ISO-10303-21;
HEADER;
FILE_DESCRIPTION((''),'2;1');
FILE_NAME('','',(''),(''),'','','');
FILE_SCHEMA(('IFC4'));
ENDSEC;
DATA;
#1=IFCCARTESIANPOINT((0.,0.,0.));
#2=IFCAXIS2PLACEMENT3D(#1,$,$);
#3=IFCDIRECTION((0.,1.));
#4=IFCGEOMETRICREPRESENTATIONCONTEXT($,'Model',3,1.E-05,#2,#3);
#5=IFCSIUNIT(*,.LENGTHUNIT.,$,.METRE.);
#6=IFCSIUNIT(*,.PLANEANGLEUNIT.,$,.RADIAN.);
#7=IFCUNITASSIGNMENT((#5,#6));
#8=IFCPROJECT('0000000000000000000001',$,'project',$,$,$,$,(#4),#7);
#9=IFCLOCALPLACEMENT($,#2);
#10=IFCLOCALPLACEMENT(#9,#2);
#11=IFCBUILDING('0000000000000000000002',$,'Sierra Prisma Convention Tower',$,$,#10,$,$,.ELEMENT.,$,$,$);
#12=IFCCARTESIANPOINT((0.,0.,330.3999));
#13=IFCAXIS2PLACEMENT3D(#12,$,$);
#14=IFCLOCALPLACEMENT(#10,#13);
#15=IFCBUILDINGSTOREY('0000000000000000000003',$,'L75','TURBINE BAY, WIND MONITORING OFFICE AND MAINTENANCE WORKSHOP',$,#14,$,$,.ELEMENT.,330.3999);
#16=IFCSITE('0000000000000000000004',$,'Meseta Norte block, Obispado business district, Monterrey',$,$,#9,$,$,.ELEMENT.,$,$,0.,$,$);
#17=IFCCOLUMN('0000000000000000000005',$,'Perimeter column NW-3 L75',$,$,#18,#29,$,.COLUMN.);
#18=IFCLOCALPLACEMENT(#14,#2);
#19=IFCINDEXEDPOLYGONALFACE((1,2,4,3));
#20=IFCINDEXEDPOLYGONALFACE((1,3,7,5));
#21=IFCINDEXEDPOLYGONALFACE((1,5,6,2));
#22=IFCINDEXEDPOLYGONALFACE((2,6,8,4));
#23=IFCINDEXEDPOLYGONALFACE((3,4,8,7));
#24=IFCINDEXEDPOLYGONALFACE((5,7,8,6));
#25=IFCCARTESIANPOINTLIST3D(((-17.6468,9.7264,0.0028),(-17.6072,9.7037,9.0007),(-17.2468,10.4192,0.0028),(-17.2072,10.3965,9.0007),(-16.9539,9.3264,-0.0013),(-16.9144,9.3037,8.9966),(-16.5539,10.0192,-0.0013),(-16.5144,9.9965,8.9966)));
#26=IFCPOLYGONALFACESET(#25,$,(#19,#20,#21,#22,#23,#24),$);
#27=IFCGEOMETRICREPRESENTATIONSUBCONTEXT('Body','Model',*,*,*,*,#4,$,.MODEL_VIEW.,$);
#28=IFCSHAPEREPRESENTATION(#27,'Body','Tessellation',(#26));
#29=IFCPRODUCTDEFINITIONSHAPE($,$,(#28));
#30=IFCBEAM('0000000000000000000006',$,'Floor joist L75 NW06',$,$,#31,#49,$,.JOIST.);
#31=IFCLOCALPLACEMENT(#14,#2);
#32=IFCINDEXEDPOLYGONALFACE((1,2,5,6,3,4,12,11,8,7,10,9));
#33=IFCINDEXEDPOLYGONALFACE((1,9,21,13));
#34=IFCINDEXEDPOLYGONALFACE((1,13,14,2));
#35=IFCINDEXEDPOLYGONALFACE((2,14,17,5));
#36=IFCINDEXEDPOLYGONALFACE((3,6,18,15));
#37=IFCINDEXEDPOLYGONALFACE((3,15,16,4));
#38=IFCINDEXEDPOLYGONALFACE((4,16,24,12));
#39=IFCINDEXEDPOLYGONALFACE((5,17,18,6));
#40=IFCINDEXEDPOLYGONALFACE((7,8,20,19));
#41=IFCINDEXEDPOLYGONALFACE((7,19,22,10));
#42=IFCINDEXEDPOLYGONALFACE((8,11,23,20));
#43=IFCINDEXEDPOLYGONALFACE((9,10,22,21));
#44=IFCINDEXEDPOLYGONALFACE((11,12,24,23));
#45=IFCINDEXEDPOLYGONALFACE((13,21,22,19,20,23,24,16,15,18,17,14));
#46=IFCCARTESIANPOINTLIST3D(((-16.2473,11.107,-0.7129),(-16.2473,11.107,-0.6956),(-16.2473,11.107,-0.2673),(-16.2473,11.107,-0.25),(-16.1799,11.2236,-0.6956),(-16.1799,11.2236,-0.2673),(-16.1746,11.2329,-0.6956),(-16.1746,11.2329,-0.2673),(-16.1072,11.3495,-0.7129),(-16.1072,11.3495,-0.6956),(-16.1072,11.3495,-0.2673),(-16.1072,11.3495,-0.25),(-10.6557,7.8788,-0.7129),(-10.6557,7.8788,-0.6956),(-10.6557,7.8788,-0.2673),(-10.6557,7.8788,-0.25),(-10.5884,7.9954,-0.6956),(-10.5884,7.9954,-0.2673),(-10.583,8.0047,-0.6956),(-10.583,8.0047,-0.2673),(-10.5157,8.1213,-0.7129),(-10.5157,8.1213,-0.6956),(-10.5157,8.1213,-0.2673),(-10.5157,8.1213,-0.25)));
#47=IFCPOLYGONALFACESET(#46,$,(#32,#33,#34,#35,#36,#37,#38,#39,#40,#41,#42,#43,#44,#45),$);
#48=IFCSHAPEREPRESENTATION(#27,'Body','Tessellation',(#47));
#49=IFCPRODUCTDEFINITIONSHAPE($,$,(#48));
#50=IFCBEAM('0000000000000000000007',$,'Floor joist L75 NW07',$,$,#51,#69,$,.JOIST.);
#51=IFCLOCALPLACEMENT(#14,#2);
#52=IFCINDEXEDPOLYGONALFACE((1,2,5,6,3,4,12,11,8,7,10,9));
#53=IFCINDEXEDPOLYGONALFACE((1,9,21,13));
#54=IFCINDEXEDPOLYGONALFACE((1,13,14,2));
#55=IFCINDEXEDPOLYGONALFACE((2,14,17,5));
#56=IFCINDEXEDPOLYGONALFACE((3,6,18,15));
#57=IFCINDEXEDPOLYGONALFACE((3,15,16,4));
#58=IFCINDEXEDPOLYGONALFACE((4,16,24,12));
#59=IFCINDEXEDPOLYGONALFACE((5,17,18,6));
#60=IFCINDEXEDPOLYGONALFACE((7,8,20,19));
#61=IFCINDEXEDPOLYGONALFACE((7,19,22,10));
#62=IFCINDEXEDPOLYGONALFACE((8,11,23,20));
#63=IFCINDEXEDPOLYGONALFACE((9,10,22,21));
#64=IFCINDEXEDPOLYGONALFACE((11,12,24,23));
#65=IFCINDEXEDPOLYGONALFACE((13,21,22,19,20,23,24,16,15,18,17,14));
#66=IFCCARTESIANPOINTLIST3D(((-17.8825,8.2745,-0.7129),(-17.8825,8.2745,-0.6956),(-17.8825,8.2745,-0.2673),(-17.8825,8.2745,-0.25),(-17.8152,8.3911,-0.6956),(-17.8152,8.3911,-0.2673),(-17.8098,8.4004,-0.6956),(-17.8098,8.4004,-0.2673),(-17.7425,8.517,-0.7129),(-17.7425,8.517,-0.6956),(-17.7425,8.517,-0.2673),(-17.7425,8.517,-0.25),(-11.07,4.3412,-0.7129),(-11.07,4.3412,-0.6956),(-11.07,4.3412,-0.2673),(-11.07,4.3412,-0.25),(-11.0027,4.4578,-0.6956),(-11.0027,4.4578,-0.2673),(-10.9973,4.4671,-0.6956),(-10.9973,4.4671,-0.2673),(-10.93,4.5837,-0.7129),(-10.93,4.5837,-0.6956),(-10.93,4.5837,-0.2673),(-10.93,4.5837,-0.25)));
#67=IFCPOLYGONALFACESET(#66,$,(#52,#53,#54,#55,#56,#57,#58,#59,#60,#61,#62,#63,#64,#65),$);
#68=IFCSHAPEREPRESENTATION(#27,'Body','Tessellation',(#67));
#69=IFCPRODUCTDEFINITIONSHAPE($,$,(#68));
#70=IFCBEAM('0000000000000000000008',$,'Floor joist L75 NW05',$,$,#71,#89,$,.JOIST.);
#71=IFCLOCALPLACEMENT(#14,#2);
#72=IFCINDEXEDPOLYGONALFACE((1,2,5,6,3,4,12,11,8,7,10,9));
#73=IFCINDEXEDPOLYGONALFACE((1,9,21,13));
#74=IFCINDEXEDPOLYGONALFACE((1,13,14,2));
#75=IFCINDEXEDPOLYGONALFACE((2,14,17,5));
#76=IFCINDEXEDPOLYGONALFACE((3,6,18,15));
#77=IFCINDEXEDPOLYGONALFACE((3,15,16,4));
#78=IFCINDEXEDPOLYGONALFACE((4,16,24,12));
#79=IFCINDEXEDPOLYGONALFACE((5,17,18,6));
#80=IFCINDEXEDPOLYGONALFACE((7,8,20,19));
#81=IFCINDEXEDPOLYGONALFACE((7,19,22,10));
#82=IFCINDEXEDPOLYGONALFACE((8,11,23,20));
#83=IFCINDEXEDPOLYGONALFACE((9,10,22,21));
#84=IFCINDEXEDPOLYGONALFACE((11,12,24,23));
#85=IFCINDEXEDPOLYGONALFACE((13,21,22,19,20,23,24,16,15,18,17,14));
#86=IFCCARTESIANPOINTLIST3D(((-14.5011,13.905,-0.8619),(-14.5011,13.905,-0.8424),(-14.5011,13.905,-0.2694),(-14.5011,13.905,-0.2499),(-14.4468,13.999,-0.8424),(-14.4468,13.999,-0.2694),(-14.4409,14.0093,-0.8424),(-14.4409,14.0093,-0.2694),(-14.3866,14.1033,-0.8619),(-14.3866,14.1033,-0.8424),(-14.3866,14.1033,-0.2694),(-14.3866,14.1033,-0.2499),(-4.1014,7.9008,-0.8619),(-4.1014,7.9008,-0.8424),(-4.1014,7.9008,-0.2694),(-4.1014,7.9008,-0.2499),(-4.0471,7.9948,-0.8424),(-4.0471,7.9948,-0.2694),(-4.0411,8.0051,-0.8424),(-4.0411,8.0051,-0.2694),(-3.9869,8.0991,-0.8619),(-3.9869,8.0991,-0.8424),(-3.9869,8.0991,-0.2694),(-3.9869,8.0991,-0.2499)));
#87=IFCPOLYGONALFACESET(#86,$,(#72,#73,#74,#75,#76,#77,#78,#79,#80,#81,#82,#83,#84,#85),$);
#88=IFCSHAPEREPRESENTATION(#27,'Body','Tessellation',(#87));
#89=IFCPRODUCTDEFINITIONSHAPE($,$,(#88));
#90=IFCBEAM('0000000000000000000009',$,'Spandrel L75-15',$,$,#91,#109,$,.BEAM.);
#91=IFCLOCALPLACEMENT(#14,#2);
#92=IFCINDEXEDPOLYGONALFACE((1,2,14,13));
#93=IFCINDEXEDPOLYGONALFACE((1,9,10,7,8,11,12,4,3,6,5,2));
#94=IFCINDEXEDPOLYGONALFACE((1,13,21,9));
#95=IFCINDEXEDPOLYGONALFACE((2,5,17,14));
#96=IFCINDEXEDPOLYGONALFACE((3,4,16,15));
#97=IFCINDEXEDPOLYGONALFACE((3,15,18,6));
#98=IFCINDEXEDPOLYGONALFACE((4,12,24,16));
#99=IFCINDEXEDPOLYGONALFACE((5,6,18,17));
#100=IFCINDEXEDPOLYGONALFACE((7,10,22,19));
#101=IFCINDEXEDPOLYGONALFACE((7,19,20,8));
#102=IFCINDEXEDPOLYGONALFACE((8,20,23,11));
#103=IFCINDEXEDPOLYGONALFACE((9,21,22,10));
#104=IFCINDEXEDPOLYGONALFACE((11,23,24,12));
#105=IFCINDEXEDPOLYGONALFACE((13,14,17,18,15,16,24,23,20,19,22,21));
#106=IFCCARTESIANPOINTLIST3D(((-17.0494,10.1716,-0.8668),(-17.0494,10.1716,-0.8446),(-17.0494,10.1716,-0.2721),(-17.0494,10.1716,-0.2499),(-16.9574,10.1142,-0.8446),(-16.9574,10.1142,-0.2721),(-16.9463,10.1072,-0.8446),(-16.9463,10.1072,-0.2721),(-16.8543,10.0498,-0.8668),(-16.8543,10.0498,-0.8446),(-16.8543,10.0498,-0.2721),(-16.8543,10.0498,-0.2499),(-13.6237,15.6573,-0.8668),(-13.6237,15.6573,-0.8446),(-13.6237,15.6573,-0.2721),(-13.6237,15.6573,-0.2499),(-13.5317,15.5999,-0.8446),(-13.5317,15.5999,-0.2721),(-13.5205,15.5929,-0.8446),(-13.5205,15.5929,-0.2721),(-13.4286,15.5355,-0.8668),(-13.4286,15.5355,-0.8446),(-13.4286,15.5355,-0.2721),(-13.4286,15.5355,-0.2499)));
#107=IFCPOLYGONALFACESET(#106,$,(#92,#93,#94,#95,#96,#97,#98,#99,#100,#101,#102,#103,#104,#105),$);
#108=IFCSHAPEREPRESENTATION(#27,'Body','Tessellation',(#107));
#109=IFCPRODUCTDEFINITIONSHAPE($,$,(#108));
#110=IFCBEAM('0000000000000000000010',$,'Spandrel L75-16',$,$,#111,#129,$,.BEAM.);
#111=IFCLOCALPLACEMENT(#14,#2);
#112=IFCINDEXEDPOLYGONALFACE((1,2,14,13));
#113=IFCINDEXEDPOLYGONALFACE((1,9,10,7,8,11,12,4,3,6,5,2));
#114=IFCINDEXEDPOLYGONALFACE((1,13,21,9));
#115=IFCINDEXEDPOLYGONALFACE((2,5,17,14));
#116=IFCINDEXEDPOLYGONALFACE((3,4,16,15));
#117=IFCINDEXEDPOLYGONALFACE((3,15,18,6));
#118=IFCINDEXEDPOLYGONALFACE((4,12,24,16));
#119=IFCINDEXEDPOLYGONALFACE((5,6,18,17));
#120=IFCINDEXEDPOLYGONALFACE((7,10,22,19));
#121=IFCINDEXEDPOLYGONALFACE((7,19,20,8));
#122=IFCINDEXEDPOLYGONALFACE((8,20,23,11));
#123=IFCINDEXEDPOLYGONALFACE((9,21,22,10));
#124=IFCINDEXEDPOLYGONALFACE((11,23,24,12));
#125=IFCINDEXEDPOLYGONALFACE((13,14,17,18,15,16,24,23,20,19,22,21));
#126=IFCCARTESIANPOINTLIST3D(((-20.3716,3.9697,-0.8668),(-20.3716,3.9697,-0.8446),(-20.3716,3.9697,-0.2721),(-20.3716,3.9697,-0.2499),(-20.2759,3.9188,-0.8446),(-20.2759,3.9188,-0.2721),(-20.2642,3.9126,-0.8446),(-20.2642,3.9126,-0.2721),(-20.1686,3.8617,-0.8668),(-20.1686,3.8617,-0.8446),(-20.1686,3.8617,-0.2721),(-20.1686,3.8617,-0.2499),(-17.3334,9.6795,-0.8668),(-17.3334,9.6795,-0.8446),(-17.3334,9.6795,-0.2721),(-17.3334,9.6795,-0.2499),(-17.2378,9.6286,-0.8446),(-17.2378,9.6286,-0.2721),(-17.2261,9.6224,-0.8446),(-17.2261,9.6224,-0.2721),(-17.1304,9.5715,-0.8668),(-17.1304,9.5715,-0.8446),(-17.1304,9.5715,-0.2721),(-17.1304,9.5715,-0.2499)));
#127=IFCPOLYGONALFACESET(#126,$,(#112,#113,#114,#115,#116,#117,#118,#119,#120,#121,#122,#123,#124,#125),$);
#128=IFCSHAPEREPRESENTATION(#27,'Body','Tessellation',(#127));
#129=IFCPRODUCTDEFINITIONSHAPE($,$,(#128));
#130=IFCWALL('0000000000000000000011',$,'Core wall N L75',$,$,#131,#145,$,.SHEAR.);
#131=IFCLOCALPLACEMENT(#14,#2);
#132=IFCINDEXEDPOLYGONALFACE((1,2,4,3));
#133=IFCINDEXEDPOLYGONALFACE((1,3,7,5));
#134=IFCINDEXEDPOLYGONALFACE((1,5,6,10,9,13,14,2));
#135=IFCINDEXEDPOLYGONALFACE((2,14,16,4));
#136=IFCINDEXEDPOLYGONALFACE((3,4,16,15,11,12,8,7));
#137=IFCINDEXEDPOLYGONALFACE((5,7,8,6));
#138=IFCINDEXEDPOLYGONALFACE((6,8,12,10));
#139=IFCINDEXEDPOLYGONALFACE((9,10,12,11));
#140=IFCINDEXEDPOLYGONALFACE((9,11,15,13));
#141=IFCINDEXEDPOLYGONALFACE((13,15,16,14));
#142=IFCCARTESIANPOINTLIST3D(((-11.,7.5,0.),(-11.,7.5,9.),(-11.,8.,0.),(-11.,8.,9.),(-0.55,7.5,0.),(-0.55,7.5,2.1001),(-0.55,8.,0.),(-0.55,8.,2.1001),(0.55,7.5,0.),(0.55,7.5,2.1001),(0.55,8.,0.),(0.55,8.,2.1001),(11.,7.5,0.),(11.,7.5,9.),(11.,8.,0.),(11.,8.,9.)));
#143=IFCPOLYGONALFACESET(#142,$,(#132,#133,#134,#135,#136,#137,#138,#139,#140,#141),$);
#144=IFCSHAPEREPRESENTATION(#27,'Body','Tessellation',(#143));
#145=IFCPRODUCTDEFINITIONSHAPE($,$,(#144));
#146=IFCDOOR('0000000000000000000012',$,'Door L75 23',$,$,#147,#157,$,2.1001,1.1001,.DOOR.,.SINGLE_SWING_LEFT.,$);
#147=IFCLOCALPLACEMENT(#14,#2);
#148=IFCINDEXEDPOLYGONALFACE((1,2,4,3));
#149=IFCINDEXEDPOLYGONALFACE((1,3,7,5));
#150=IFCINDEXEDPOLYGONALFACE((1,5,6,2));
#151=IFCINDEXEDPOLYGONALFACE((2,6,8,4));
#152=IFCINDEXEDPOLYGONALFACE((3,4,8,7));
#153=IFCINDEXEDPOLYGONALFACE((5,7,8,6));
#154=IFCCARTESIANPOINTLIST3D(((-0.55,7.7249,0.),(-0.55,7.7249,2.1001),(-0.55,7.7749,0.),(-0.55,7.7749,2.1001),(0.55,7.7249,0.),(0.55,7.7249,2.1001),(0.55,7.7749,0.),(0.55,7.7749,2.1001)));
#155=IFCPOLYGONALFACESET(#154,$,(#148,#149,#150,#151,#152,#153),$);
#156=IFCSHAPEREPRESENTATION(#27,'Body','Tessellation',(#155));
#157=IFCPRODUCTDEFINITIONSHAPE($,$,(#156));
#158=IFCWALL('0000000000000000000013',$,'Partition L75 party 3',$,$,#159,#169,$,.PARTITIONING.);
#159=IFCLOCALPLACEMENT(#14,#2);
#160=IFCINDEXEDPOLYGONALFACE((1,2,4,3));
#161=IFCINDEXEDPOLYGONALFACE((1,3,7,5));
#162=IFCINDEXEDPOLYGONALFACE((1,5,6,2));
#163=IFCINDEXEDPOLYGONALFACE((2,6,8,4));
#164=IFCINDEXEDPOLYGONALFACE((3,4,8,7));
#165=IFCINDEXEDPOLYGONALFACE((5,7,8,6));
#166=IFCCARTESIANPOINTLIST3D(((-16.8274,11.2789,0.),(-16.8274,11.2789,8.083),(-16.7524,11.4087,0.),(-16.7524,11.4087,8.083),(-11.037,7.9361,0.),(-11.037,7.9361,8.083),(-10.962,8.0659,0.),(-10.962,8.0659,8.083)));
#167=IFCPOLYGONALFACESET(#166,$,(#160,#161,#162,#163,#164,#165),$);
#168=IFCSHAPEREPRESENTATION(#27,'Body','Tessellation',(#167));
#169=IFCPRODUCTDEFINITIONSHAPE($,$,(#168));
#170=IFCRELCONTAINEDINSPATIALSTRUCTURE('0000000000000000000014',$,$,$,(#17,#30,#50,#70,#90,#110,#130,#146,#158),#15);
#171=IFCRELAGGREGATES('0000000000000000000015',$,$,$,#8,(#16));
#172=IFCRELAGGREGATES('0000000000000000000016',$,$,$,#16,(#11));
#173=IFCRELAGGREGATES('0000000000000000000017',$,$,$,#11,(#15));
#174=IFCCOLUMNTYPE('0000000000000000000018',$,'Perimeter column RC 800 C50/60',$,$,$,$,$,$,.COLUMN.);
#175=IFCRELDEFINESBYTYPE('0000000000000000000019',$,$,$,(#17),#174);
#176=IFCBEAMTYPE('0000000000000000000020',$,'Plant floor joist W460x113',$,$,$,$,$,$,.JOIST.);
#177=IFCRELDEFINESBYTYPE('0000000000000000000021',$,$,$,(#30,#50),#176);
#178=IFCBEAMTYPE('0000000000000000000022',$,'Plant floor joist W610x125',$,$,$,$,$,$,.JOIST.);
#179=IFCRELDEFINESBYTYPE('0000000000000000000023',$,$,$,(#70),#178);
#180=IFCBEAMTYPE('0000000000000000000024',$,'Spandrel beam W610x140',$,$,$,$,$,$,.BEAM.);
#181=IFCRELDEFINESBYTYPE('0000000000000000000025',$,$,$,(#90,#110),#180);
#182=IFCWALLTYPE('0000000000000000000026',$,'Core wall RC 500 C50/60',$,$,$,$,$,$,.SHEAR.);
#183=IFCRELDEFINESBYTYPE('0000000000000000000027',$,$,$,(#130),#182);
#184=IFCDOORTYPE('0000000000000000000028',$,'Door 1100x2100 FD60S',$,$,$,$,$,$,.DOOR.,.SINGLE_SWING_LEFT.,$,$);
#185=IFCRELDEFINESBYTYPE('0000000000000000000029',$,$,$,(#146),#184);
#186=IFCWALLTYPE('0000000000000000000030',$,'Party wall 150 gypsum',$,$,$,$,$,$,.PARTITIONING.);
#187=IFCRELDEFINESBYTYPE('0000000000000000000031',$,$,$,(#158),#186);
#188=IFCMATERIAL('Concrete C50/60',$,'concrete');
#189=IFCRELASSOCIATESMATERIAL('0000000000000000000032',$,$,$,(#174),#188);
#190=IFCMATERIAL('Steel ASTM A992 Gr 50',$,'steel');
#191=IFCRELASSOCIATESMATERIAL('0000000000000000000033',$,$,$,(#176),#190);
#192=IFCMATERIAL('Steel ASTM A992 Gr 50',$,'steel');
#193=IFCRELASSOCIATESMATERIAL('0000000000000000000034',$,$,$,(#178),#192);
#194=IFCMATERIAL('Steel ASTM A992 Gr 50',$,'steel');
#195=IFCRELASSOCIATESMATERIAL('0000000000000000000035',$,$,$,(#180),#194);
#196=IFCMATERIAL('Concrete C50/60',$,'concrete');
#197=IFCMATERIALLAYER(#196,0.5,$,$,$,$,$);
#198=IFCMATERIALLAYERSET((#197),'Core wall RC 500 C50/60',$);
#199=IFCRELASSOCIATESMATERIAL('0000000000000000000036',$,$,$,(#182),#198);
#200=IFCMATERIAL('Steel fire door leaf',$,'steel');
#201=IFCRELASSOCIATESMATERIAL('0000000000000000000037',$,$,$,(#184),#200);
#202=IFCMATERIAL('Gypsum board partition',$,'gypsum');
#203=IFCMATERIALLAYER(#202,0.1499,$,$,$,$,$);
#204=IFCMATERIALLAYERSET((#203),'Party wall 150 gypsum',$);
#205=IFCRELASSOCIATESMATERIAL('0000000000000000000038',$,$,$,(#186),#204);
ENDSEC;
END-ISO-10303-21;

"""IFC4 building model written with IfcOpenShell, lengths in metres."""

from ifc_helpers import new_model, si_unit, direction, frame, frame_2d, origin, origin_2d, place, context, subcontext, project, spatial, rectangle, i_section, extrude, clip, halfspace, material, layer, layer_set, material_profile, profile_set, type_object, element, fill, save


model = new_model("IFC4")

# Units and contexts
model_context = context("Model", 3, precision=1e-05, world=origin(), true_north=direction((0.0, 1.0)))
body_context = subcontext(model_context, "Body", "Model", "MODEL_VIEW")
ifc_project = project(units=[si_unit("LENGTHUNIT", "METRE"), si_unit("PLANEANGLEUNIT", "RADIAN")], contexts=[model_context])

# Site, building, storey
site_placement = place(None, origin())
site = spatial("IfcSite", under=ifc_project, at=site_placement, Name="Meseta Norte block, Obispado business district, Monterrey", CompositionType="ELEMENT", RefElevation=0.0)
building_placement = place(site_placement, origin())
building = spatial("IfcBuilding", under=site, at=building_placement, Name="Sierra Prisma Convention Tower", CompositionType="ELEMENT")
storey_placement = place(building_placement, frame((0.0, 0.0, 330.3999)))
storey = spatial("IfcBuildingStorey", under=building, at=storey_placement, Name="L75", Description="TURBINE BAY, WIND MONITORING OFFICE AND MAINTENANCE WORKSHOP", CompositionType="ELEMENT", Elevation=330.3999)

# Column
ifc_material_1 = material(Name="Concrete C50/60", Category="concrete")
ifc_material_profile_1 = material_profile(ifc_material_1, rectangle(XDim=0.8, YDim=0.8, at=origin_2d()), Name="Perimeter column RC 800 C50/60")
ifc_profile_set_1 = profile_set([ifc_material_profile_1], Name="Concrete C50/60")
column_type = type_object("IfcColumnType", Name="Perimeter column RC 800 C50/60", PredefinedType="COLUMN", material=ifc_profile_set_1)
column_placement = place(storey_placement, frame((-17.1003, 9.8728, 0.0), z_axis=(0.004394, -0.002523, 0.999987), x_axis=(0.499995, 0.866028, -0.000012)))
element("IfcColumn", 1, at=column_placement, inside=storey, type_object=column_type, Name="Perimeter column NW-3 L75", PredefinedType="COLUMN", context=body_context, shape_type="SweptSolid", body=[
    clip(clip(extrude(rectangle(XDim=0.8, YDim=0.8, at=origin_2d()), origin(), (0.0, 0.0, 1.0), 9.0), halfspace(frame((0.0, 0.0, 0.0007)), True)), halfspace(frame((0.0, 0.0, 8.9988)), False)),
])

# Beams
ifc_material_2 = material(Name="Steel ASTM A992 Gr 50", Category="steel")
ifc_material_profile_2 = material_profile(ifc_material_2, i_section(OverallWidth=0.28, OverallDepth=0.4629, WebThickness=0.0107, FlangeThickness=0.0173, at=origin_2d()), Name="W460x113")
ifc_profile_set_2 = profile_set([ifc_material_profile_2], Name="Steel ASTM A992 Gr 50")
beam_type_1 = type_object("IfcBeamType", Name="Plant floor joist W460x113", PredefinedType="JOIST", material=ifc_profile_set_2)
beam_1_placement = place(storey_placement, frame((-16.1772, 11.2283, -0.4814), z_axis=(0.866026, -0.499998, 0.0), x_axis=(0.499998, 0.866026, 0.0)))
element("IfcBeam", 2, at=beam_1_placement, inside=storey, type_object=beam_type_1, Name="Floor joist L75 NW06", PredefinedType="JOIST", context=body_context, shape_type="SweptSolid", body=[
    extrude(i_section(OverallWidth=0.28, OverallDepth=0.4629, WebThickness=0.0107, FlangeThickness=0.0173, at=origin_2d()), origin(), (0.0, 0.0, 1.0), 6.4565),
])
beam_2_placement = place(storey_placement, frame((-17.8125, 8.3958, -0.4814), z_axis=(0.866017, -0.500014, 0.0), x_axis=(0.500014, 0.866017, 0.0)))
element("IfcBeam", 3, at=beam_2_placement, inside=storey, type_object=beam_type_1, Name="Floor joist L75 NW07", PredefinedType="JOIST", context=body_context, shape_type="SweptSolid", body=[
    extrude(i_section(OverallWidth=0.28, OverallDepth=0.4629, WebThickness=0.0107, FlangeThickness=0.0173, at=origin_2d()), origin(), (0.0, 0.0, 1.0), 7.8665),
])
ifc_material_3 = material(Name="Steel ASTM A992 Gr 50", Category="steel")
ifc_material_profile_3 = material_profile(ifc_material_3, i_section(OverallWidth=0.229, OverallDepth=0.6121, WebThickness=0.012, FlangeThickness=0.0195, at=origin_2d()), Name="W610x125")
ifc_profile_set_3 = profile_set([ifc_material_profile_3], Name="Steel ASTM A992 Gr 50")
beam_type_2 = type_object("IfcBeamType", Name="Plant floor joist W610x125", PredefinedType="JOIST", material=ifc_profile_set_3)
beam_3_placement = place(storey_placement, frame((-14.4438, 14.0042, -0.5559), z_axis=(0.866029, -0.499994, 0.0), x_axis=(0.499994, 0.866029, 0.0)))
element("IfcBeam", 4, at=beam_3_placement, inside=storey, type_object=beam_type_2, Name="Floor joist L75 NW05", PredefinedType="JOIST", context=body_context, shape_type="SweptSolid", body=[
    extrude(i_section(OverallWidth=0.229, OverallDepth=0.6121, WebThickness=0.012, FlangeThickness=0.0195, at=origin_2d()), origin(), (0.0, 0.0, 1.0), 12.0085),
])
ifc_material_4 = material(Name="Steel ASTM A992 Gr 50", Category="steel")
ifc_material_profile_4 = material_profile(ifc_material_4, i_section(OverallWidth=0.23, OverallDepth=0.6169, WebThickness=0.0132, FlangeThickness=0.0222, at=origin_2d()), Name="W610x140")
ifc_profile_set_4 = profile_set([ifc_material_profile_4], Name="Steel ASTM A992 Gr 50")
beam_type_3 = type_object("IfcBeamType", Name="Spandrel beam W610x140", PredefinedType="BEAM", material=ifc_profile_set_4)
beam_4_placement = place(storey_placement, frame((-13.5261, 15.5964, -0.5583), z_axis=(-0.52968, -0.848198, 0.0), x_axis=(0.848198, -0.52968, 0.0)))
element("IfcBeam", 5, at=beam_4_placement, inside=storey, type_object=beam_type_3, Name="Spandrel L75-15", PredefinedType="BEAM", context=body_context, shape_type="SweptSolid", body=[
    extrude(i_section(OverallWidth=0.23, OverallDepth=0.6169, WebThickness=0.0132, FlangeThickness=0.0222, at=origin_2d()), origin(), (0.0, 0.0, 1.0), 6.4675),
])
beam_5_placement = place(storey_placement, frame((-17.2319, 9.6255, -0.5583), z_axis=(-0.469734, -0.882808, 0.0), x_axis=(0.882808, -0.469734, 0.0)))
element("IfcBeam", 6, at=beam_5_placement, inside=storey, type_object=beam_type_3, Name="Spandrel L75-16", PredefinedType="BEAM", context=body_context, shape_type="SweptSolid", body=[
    extrude(i_section(OverallWidth=0.23, OverallDepth=0.6169, WebThickness=0.0132, FlangeThickness=0.0222, at=origin_2d()), origin(), (0.0, 0.0, 1.0), 6.4678),
])

# Wall, opening, door
ifc_material_5 = material(Name="Concrete C50/60", Category="concrete")
ifc_layer_1 = layer(ifc_material_5, 0.5)
ifc_layer_set_1 = layer_set([ifc_layer_1], Name="Core wall RC 500 C50/60")
wall_type_1 = type_object("IfcWallType", Name="Core wall RC 500 C50/60", PredefinedType="SHEAR", material=ifc_layer_set_1)
wall_1_placement = place(storey_placement, frame((-11.0, 7.75, 0.0), z_axis=(0.0, 0.0, 1.0), x_axis=(1.0, 0.0, 0.0)))
wall_1 = element("IfcWall", 7, at=wall_1_placement, inside=storey, type_object=wall_type_1, Name="Core wall N L75", PredefinedType="SHEAR", context=body_context, shape_type="SweptSolid", body=[
    extrude(rectangle(XDim=22.0, YDim=0.5, at=frame_2d((11.0, 0.0))), origin(), (0.0, 0.0, 1.0), 9.0),
])
opening_placement = place(wall_1_placement, frame((10.45, 0.0, 0.0)))
opening = element("IfcOpeningElement", 8, at=opening_placement, cuts=wall_1, PredefinedType="OPENING", context=body_context, shape_type="SweptSolid", body=[
    extrude(rectangle(XDim=1.1001, YDim=2.1001, at=frame_2d((0.55, 1.05))), frame((0.0, 0.25, 0.0), z_axis=(0.0, -1.0, 0.0), x_axis=(1.0, 0.0, 0.0)), (0.0, 0.0, 1.0), 0.5),
])
ifc_material_6 = material(Name="Steel fire door leaf", Category="steel")
door_type = type_object("IfcDoorType", Name="Door 1100x2100 FD60S", OperationType="SINGLE_SWING_LEFT", PredefinedType="DOOR", material=ifc_material_6)
door_placement = place(opening_placement, origin())
door = element("IfcDoor", 9, at=door_placement, inside=storey, type_object=door_type, Name="Door L75 23", OperationType="SINGLE_SWING_LEFT", OverallHeight=2.1001, OverallWidth=1.1001, PredefinedType="DOOR", context=body_context, shape_type="SweptSolid", body=[
    extrude(rectangle(XDim=1.1001, YDim=2.1001, at=frame_2d((0.55, 1.05))), frame((0.0, 0.0249, 0.0), z_axis=(0.0, -1.0, 0.0), x_axis=(1.0, 0.0, 0.0)), (0.0, 0.0, 1.0), 0.05),
])
fill(opening, door)

# Wall
ifc_material_7 = material(Name="Gypsum board partition", Category="gypsum")
ifc_layer_2 = layer(ifc_material_7, 0.1499)
ifc_layer_set_2 = layer_set([ifc_layer_2], Name="Party wall 150 gypsum")
wall_type_2 = type_object("IfcWallType", Name="Party wall 150 gypsum", PredefinedType="PARTITIONING", material=ifc_layer_set_2)
wall_2_placement = place(storey_placement, frame((-10.9995, 8.001, 0.0), z_axis=(0.0, 0.0, 1.0), x_axis=(-0.866041, 0.499972, 0.0)))
element("IfcWall", 10, at=wall_2_placement, inside=storey, type_object=wall_type_2, Name="Partition L75 party 3", PredefinedType="PARTITIONING", context=body_context, shape_type="SweptSolid", body=[
    extrude(rectangle(XDim=6.686, YDim=0.1499, at=frame_2d((3.343, 0.0))), origin(), (0.0, 0.0, 1.0), 8.083),
])

save(model, "model.ifc")
